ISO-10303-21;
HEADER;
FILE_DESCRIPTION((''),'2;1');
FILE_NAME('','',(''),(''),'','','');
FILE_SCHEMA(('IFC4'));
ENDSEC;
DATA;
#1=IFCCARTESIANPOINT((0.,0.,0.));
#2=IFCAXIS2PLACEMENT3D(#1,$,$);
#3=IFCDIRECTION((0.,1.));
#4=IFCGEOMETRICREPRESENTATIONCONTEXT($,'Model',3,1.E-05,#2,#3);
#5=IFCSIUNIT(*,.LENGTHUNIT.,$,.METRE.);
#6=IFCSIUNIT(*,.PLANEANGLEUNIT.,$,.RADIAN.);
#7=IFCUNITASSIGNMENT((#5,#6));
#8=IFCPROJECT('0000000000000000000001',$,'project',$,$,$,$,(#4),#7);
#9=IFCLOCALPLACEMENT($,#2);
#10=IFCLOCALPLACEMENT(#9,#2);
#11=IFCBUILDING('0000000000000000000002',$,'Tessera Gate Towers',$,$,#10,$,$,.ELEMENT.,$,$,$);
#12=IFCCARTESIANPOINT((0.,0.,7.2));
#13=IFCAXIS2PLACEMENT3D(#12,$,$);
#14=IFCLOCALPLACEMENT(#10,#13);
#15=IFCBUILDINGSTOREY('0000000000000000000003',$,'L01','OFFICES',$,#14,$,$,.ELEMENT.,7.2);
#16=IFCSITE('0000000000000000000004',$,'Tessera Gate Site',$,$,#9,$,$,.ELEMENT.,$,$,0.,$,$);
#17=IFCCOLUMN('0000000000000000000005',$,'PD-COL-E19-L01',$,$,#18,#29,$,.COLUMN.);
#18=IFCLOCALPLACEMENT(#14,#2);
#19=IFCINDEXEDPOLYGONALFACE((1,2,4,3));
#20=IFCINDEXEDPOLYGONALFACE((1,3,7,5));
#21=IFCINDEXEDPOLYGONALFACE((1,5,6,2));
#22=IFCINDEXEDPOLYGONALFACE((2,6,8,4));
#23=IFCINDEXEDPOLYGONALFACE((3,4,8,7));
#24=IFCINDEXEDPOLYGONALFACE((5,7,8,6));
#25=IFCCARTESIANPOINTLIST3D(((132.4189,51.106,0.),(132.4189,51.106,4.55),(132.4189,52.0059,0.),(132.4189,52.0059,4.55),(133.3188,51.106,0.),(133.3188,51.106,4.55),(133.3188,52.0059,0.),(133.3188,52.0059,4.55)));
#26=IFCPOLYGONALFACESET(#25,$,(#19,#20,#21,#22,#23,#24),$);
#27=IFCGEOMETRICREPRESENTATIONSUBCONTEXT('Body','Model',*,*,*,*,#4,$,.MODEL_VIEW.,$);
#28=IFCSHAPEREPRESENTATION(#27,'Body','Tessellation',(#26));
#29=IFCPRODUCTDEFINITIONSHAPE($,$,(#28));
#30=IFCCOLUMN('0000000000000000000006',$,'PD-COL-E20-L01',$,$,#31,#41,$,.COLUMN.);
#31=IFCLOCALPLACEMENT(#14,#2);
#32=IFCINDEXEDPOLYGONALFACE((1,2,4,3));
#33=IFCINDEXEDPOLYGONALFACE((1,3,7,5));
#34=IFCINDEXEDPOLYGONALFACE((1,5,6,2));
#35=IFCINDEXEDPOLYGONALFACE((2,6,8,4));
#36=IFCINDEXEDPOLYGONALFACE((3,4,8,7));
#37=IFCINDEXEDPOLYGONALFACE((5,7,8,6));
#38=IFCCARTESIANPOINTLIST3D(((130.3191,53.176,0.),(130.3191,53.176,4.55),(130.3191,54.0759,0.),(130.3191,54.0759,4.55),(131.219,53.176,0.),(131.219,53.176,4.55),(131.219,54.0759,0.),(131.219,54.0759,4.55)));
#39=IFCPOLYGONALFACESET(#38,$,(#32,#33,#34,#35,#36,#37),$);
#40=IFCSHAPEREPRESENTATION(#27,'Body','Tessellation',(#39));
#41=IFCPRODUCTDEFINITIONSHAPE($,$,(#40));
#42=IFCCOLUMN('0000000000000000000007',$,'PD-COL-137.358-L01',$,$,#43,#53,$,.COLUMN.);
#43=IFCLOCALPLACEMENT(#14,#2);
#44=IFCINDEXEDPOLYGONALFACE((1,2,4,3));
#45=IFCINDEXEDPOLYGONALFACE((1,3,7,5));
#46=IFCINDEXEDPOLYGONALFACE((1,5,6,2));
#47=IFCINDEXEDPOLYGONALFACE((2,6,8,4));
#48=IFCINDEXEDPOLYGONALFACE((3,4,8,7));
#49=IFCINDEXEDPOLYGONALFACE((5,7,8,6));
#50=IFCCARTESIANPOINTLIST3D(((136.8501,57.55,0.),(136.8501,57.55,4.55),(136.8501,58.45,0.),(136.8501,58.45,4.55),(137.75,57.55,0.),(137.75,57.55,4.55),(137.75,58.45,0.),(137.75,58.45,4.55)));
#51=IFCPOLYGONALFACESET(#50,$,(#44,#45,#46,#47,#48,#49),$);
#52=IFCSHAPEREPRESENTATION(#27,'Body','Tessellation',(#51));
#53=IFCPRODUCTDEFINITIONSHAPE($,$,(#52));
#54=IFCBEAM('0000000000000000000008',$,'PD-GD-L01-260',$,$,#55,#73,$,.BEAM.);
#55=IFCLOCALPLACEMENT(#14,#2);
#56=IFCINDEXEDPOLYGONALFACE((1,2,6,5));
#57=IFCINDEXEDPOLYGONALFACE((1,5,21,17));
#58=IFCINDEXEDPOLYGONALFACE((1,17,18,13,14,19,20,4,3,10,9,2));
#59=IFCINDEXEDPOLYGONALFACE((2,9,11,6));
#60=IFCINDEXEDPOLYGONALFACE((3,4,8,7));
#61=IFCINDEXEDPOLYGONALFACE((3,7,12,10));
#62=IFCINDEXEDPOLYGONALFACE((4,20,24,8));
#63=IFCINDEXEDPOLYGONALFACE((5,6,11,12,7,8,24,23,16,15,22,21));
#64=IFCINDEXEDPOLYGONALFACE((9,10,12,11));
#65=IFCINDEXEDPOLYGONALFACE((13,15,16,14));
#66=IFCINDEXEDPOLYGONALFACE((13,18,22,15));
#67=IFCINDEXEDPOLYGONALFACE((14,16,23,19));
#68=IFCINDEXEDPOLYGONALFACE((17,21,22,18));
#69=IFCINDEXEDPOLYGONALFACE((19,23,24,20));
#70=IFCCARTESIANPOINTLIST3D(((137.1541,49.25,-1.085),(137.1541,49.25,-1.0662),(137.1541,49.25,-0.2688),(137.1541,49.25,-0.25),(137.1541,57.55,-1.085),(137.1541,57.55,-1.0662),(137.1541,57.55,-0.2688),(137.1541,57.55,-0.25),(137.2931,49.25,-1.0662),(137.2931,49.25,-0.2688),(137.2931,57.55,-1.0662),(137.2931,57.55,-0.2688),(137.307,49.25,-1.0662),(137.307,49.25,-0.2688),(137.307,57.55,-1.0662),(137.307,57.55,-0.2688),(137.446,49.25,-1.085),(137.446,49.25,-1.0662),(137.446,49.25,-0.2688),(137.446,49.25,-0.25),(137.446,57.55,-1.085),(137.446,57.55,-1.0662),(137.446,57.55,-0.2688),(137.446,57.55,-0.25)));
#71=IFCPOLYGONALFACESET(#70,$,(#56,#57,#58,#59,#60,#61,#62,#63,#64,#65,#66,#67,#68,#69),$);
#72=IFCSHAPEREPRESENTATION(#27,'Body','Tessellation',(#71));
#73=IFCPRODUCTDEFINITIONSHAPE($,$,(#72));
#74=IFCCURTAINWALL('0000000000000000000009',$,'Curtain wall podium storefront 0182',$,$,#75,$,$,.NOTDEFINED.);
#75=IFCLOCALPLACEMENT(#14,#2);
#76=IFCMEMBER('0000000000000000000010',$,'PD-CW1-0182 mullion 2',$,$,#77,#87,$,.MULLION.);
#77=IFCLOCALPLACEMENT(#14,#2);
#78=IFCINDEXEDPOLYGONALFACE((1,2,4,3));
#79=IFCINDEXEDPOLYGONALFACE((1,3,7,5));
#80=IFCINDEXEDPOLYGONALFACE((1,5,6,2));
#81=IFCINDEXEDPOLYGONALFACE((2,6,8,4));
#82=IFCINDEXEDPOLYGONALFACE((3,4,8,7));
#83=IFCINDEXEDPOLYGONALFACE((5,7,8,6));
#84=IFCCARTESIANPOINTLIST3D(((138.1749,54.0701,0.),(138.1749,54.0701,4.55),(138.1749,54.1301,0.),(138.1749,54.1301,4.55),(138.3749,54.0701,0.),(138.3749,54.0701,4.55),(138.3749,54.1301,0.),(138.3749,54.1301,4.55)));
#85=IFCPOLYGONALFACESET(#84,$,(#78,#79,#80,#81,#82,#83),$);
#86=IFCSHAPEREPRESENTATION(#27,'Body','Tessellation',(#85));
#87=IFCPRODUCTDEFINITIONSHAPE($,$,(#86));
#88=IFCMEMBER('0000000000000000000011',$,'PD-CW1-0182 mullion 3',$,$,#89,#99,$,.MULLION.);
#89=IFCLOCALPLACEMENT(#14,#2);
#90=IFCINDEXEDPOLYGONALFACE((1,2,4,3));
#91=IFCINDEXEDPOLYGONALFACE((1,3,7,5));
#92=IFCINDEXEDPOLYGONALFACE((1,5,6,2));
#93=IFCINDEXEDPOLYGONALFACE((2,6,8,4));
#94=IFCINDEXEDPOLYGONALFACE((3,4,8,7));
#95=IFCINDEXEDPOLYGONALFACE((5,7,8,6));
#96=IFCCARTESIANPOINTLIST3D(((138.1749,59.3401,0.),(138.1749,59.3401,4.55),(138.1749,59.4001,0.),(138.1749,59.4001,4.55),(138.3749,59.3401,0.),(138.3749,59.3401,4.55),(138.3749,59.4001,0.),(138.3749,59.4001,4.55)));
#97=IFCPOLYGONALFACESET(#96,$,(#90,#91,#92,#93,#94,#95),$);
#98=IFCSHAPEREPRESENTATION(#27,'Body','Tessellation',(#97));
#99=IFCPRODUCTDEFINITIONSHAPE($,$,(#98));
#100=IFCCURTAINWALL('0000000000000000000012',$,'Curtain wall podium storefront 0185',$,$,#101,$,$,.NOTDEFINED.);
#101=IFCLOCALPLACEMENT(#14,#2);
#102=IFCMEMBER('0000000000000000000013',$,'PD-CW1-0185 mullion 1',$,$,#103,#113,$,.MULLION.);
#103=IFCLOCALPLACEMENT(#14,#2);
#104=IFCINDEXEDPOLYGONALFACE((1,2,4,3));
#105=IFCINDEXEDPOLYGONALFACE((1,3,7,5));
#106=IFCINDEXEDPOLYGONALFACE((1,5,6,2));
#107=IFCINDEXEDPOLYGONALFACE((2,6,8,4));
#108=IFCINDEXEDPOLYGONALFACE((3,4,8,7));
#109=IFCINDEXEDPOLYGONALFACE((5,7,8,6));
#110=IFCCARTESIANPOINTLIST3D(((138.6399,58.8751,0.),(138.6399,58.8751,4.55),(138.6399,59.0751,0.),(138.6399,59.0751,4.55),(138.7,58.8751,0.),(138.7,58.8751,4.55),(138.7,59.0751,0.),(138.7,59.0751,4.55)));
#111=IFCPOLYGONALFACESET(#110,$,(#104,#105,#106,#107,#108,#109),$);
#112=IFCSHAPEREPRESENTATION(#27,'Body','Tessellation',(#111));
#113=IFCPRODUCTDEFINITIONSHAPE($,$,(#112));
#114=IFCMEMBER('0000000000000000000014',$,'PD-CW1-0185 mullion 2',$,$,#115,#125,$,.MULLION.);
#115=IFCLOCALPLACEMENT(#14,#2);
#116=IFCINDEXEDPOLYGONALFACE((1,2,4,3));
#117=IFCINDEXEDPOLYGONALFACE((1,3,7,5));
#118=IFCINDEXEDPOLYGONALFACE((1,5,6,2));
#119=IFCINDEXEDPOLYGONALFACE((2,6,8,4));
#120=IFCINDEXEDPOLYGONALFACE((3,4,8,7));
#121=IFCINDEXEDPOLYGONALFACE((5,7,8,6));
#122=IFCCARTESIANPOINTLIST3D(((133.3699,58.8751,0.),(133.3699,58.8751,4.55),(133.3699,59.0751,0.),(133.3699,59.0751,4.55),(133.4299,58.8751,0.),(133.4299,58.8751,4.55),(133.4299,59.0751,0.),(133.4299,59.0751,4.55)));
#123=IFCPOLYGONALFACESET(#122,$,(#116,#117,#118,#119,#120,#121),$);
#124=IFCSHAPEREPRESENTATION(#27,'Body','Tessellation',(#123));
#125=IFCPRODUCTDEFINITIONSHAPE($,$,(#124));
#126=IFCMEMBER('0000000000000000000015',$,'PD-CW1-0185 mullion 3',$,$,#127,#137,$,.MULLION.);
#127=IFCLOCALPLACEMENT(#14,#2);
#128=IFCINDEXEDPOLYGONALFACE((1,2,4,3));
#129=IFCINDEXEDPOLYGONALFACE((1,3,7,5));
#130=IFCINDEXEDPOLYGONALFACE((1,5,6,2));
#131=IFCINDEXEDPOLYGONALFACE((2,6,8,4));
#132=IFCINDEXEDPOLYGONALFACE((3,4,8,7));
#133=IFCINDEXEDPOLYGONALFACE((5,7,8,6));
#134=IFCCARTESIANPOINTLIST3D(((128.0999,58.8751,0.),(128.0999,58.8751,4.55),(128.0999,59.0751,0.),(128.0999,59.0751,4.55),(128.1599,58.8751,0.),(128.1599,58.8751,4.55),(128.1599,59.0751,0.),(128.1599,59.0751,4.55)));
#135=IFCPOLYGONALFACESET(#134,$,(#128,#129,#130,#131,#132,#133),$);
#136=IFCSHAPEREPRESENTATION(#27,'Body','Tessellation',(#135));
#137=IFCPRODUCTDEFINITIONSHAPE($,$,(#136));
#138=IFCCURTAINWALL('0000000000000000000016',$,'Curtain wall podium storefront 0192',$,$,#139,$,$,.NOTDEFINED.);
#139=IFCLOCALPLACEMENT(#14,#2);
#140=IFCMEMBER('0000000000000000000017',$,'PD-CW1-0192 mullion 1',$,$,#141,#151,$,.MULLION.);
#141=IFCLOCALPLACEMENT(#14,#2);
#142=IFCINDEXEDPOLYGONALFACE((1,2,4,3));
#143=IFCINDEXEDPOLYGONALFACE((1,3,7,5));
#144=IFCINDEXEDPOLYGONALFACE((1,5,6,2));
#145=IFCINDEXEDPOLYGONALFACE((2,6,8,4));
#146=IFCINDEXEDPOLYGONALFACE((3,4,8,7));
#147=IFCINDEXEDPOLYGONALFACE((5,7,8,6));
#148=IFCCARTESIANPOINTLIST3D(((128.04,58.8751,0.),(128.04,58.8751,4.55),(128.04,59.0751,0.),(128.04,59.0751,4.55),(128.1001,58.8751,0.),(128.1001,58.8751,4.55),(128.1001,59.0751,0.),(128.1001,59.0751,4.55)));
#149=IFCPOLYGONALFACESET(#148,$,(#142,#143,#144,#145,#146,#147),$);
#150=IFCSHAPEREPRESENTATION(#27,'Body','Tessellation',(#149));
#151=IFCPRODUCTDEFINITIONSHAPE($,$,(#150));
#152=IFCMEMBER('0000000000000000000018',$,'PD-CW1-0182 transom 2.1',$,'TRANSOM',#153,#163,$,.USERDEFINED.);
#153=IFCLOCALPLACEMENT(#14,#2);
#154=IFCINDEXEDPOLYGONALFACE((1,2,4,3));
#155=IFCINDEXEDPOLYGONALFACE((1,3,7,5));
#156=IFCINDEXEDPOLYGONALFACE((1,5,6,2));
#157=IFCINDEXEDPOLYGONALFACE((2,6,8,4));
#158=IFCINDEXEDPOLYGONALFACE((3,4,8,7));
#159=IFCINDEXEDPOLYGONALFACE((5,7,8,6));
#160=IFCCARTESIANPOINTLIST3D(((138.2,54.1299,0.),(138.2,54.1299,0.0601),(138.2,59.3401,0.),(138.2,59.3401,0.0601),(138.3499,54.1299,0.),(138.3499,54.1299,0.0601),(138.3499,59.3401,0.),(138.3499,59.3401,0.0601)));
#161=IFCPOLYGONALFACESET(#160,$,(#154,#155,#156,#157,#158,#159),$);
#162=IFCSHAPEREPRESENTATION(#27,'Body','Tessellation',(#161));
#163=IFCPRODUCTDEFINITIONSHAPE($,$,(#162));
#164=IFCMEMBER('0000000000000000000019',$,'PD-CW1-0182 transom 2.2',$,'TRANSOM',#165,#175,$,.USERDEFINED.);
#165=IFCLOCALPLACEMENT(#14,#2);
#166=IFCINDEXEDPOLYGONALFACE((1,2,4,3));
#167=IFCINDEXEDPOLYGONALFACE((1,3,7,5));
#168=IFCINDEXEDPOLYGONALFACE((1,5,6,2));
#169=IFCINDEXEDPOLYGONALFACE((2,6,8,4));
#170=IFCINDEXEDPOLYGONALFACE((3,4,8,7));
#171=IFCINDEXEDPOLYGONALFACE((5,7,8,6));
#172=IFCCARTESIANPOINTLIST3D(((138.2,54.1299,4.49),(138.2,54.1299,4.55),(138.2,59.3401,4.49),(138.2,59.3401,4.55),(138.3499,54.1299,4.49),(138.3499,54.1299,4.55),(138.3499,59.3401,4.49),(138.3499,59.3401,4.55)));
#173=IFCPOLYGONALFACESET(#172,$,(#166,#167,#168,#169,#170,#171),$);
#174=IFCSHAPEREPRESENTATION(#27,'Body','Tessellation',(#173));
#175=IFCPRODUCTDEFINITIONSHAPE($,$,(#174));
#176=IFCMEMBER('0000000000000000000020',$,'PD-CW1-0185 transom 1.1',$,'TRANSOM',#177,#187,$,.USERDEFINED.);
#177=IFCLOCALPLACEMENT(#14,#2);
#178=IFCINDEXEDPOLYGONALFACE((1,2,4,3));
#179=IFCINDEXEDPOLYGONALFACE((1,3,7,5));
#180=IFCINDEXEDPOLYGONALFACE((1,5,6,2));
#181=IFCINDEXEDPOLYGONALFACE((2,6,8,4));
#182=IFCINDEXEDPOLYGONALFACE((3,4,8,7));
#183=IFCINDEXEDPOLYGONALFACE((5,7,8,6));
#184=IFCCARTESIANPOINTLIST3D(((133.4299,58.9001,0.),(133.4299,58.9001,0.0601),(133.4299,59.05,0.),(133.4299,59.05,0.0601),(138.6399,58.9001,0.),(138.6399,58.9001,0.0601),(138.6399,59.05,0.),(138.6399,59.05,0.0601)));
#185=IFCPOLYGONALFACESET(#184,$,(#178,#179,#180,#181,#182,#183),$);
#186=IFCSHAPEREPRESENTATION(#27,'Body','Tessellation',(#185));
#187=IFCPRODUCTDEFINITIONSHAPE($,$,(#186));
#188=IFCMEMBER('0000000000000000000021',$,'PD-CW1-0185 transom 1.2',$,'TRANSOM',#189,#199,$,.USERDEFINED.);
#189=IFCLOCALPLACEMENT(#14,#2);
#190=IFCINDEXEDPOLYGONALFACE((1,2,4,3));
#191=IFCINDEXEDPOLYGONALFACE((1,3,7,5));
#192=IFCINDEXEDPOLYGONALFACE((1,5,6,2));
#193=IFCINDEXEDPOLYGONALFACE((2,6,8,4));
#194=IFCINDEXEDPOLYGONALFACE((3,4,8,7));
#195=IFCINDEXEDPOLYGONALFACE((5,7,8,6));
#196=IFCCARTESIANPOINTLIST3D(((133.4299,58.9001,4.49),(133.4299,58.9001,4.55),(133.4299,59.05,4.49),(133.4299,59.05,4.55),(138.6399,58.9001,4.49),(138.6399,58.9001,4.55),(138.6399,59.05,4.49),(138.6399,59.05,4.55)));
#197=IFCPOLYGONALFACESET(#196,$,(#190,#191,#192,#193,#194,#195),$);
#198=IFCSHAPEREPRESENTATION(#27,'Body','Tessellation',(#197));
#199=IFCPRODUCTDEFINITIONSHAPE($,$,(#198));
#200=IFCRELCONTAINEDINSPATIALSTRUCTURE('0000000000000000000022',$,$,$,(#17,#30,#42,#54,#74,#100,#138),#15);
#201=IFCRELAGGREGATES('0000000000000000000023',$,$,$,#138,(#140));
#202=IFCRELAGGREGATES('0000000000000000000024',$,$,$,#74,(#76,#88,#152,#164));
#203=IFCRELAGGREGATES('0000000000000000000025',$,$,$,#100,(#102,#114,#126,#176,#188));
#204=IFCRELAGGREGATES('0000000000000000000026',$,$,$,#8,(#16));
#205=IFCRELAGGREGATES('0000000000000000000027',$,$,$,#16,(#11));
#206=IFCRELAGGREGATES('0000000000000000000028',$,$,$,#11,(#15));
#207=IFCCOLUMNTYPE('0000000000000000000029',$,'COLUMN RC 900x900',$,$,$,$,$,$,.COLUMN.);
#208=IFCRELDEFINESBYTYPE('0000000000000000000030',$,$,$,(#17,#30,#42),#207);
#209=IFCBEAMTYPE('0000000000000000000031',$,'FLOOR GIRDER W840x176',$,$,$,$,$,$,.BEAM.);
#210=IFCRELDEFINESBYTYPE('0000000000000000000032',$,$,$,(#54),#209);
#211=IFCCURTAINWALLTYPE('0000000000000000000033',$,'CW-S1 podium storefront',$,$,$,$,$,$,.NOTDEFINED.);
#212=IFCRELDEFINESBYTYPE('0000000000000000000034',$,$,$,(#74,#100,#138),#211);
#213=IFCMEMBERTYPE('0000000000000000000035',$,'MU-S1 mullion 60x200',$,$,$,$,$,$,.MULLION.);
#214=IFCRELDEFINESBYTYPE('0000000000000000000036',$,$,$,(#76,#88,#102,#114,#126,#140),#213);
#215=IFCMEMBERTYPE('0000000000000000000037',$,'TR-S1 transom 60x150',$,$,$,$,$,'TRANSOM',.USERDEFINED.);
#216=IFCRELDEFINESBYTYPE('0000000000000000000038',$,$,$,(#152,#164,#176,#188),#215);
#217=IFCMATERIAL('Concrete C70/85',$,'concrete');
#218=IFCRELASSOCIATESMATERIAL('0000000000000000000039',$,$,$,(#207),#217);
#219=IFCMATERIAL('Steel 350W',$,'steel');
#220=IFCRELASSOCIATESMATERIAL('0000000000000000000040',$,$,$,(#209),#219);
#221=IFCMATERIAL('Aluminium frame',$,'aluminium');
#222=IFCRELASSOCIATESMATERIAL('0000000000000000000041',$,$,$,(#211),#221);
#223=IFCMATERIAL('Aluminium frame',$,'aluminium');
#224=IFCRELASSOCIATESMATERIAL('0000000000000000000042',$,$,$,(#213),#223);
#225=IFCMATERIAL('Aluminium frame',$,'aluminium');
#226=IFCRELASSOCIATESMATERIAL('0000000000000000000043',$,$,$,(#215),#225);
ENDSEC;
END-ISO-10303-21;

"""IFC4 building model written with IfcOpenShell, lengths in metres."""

from ifc_helpers import new_model, si_unit, direction, frame, origin, origin_2d, place, context, subcontext, project, spatial, rectangle, i_section, extrude, material, material_profile, profile_set, type_object, element, aggregate, save


model = new_model("IFC4")

# Units and contexts
model_context = context("Model", 3, precision=1e-05, world=origin(), true_north=direction((0.0, 1.0)))
body_context = subcontext(model_context, "Body", "Model", "MODEL_VIEW")
ifc_project = project(units=[si_unit("LENGTHUNIT", "METRE"), si_unit("PLANEANGLEUNIT", "RADIAN")], contexts=[model_context])

# Site, building, storey
site_placement = place(None, origin())
site = spatial("IfcSite", under=ifc_project, at=site_placement, Name="Tessera Gate Site", CompositionType="ELEMENT", RefElevation=0.0)
building_placement = place(site_placement, origin())
building = spatial("IfcBuilding", under=site, at=building_placement, Name="Tessera Gate Towers", CompositionType="ELEMENT")
storey_placement = place(building_placement, frame((0.0, 0.0, 7.2)))
storey = spatial("IfcBuildingStorey", under=building, at=storey_placement, Name="L01", Description="OFFICES", CompositionType="ELEMENT", Elevation=7.2)

# Columns
ifc_material_1 = material(Name="Concrete C70/85", Category="concrete")
ifc_material_profile_1 = material_profile(ifc_material_1, rectangle(XDim=0.8999, YDim=0.8999, at=origin_2d()), Name="RC 900x900")
ifc_profile_set_1 = profile_set([ifc_material_profile_1], Name="Concrete C70/85")
column_type = type_object("IfcColumnType", Name="COLUMN RC 900x900", PredefinedType="COLUMN", material=ifc_profile_set_1)
for number, where, z_axis, x_axis, name in (
    (1, (132.8689, 51.5559, 0.0), (0.0, 0.0, 1.0), (1.0, 0.0, 0.0), "PD-COL-E19-L01"),
    (2, (130.769, 53.626, 0.0), (0.0, 0.0, 1.0), (1.0, 0.0, 0.0), "PD-COL-E20-L01"),
    (3, (137.3, 58.0, 0.0), (0.0, 0.0, 1.0), (1.0, 0.0, 0.0), "PD-COL-137.358-L01"),
):
    element("IfcColumn", number, at=place(storey_placement, frame(where, z_axis=z_axis, x_axis=x_axis)), inside=storey, type_object=column_type, Name=name, PredefinedType="COLUMN", context=body_context, shape_type="SweptSolid", body=[
        extrude(rectangle(XDim=0.8999, YDim=0.8999, at=origin_2d()), origin(), (0.0, 0.0, 1.0), 4.55),
    ])

# Beam
ifc_material_2 = material(Name="Steel 350W", Category="steel")
ifc_material_profile_2 = material_profile(ifc_material_2, i_section(OverallWidth=0.292, OverallDepth=0.835, WebThickness=0.0139, FlangeThickness=0.0188, at=origin_2d()), Name="W840x176")
ifc_profile_set_2 = profile_set([ifc_material_profile_2], Name="Steel 350W")
beam_type = type_object("IfcBeamType", Name="FLOOR GIRDER W840x176", PredefinedType="BEAM", material=ifc_profile_set_2)
beam_placement = place(storey_placement, frame((137.3, 49.25, -0.6675), z_axis=(0.0, 1.0, 0.0), x_axis=(-1.0, 0.0, 0.0)))
element("IfcBeam", 4, at=beam_placement, inside=storey, type_object=beam_type, Name="PD-GD-L01-260", PredefinedType="BEAM", context=body_context, shape_type="SweptSolid", body=[
    extrude(i_section(OverallWidth=0.292, OverallDepth=0.835, WebThickness=0.0139, FlangeThickness=0.0188, at=origin_2d()), origin(), (0.0, 0.0, 1.0), 8.3),
])

# Curtain walls, members
ifc_material_3 = material(Name="Aluminium frame", Category="aluminium")
curtain_wall_type = type_object("IfcCurtainWallType", Name="CW-S1 podium storefront", PredefinedType="NOTDEFINED", material=ifc_material_3)
curtain_wall_1_placement = place(storey_placement, origin())
curtain_wall_1 = element("IfcCurtainWall", 5, at=curtain_wall_1_placement, inside=storey, type_object=curtain_wall_type, Name="Curtain wall podium storefront 0182", PredefinedType="NOTDEFINED")
ifc_material_4 = material(Name="Aluminium frame", Category="aluminium")
ifc_material_profile_3 = material_profile(ifc_material_4, rectangle(XDim=0.0601, YDim=0.2, at=origin_2d()), Name="AL 60x200")
ifc_profile_set_3 = profile_set([ifc_material_profile_3], Name="Aluminium frame")
member_type_1 = type_object("IfcMemberType", Name="MU-S1 mullion 60x200", PredefinedType="MULLION", material=ifc_profile_set_3)
member_1_placement = place(storey_placement, frame((138.2749, 54.1001, 0.0), z_axis=(0.0, 0.0, 1.0), x_axis=(0.0, 1.0, 0.0)))
member_1 = element("IfcMember", 6, at=member_1_placement, type_object=member_type_1, Name="PD-CW1-0182 mullion 2", PredefinedType="MULLION", context=body_context, shape_type="SweptSolid", body=[
    extrude(rectangle(XDim=0.0601, YDim=0.2, at=origin_2d()), origin(), (0.0, 0.0, 1.0), 4.55),
])
member_2_placement = place(storey_placement, frame((138.2749, 59.3701, 0.0), z_axis=(0.0, 0.0, 1.0), x_axis=(0.0, 1.0, 0.0)))
member_2 = element("IfcMember", 7, at=member_2_placement, type_object=member_type_1, Name="PD-CW1-0182 mullion 3", PredefinedType="MULLION", context=body_context, shape_type="SweptSolid", body=[
    extrude(rectangle(XDim=0.0601, YDim=0.2, at=origin_2d()), origin(), (0.0, 0.0, 1.0), 4.55),
])
curtain_wall_2_placement = place(storey_placement, origin())
curtain_wall_2 = element("IfcCurtainWall", 8, at=curtain_wall_2_placement, inside=storey, type_object=curtain_wall_type, Name="Curtain wall podium storefront 0185", PredefinedType="NOTDEFINED")
member_3_placement = place(storey_placement, frame((138.6699, 58.9751, 0.0), z_axis=(0.0, 0.0, 1.0), x_axis=(-1.0, 0.0, 0.0)))
member_3 = element("IfcMember", 9, at=member_3_placement, type_object=member_type_1, Name="PD-CW1-0185 mullion 1", PredefinedType="MULLION", context=body_context, shape_type="SweptSolid", body=[
    extrude(rectangle(XDim=0.0601, YDim=0.2, at=origin_2d()), origin(), (0.0, 0.0, 1.0), 4.55),
])
member_4_placement = place(storey_placement, frame((133.3999, 58.9751, 0.0), z_axis=(0.0, 0.0, 1.0), x_axis=(-1.0, 0.0, 0.0)))
member_4 = element("IfcMember", 10, at=member_4_placement, type_object=member_type_1, Name="PD-CW1-0185 mullion 2", PredefinedType="MULLION", context=body_context, shape_type="SweptSolid", body=[
    extrude(rectangle(XDim=0.0601, YDim=0.2, at=origin_2d()), origin(), (0.0, 0.0, 1.0), 4.55),
])
member_5_placement = place(storey_placement, frame((128.1299, 58.9751, 0.0), z_axis=(0.0, 0.0, 1.0), x_axis=(-1.0, 0.0, 0.0)))
member_5 = element("IfcMember", 11, at=member_5_placement, type_object=member_type_1, Name="PD-CW1-0185 mullion 3", PredefinedType="MULLION", context=body_context, shape_type="SweptSolid", body=[
    extrude(rectangle(XDim=0.0601, YDim=0.2, at=origin_2d()), origin(), (0.0, 0.0, 1.0), 4.55),
])

# Curtain wall, member
curtain_wall_3_placement = place(storey_placement, origin())
curtain_wall_3 = element("IfcCurtainWall", 12, at=curtain_wall_3_placement, inside=storey, type_object=curtain_wall_type, Name="Curtain wall podium storefront 0192", PredefinedType="NOTDEFINED")
member_6_placement = place(storey_placement, frame((128.0701, 58.9751, 0.0), z_axis=(0.0, 0.0, 1.0), x_axis=(-1.0, 0.0, 0.0)))
member_6 = element("IfcMember", 13, at=member_6_placement, type_object=member_type_1, Name="PD-CW1-0192 mullion 1", PredefinedType="MULLION", context=body_context, shape_type="SweptSolid", body=[
    extrude(rectangle(XDim=0.0601, YDim=0.2, at=origin_2d()), origin(), (0.0, 0.0, 1.0), 4.55),
])

# Members
ifc_material_5 = material(Name="Aluminium frame", Category="aluminium")
ifc_material_profile_4 = material_profile(ifc_material_5, rectangle(XDim=0.1499, YDim=0.0601, at=origin_2d()), Name="AL 60x150")
ifc_profile_set_4 = profile_set([ifc_material_profile_4], Name="Aluminium frame")
member_type_2 = type_object("IfcMemberType", Name="TR-S1 transom 60x150", ElementType="TRANSOM", PredefinedType="USERDEFINED", material=ifc_profile_set_4)
member_7_placement = place(storey_placement, frame((138.2749, 54.1299, 0.03), z_axis=(0.0, 1.0, 0.0), x_axis=(-1.0, 0.0, 0.0)))
member_7 = element("IfcMember", 14, at=member_7_placement, type_object=member_type_2, Name="PD-CW1-0182 transom 2.1", ObjectType="TRANSOM", PredefinedType="USERDEFINED", context=body_context, shape_type="SweptSolid", body=[
    extrude(rectangle(XDim=0.1499, YDim=0.0601, at=origin_2d()), origin(), (0.0, 0.0, 1.0), 5.2102),
])
member_8_placement = place(storey_placement, frame((138.2749, 54.1299, 4.52), z_axis=(0.0, 1.0, 0.0), x_axis=(-1.0, 0.0, 0.0)))
member_8 = element("IfcMember", 15, at=member_8_placement, type_object=member_type_2, Name="PD-CW1-0182 transom 2.2", ObjectType="TRANSOM", PredefinedType="USERDEFINED", context=body_context, shape_type="SweptSolid", body=[
    extrude(rectangle(XDim=0.1499, YDim=0.0601, at=origin_2d()), origin(), (0.0, 0.0, 1.0), 5.2102),
])
member_9_placement = place(storey_placement, frame((138.6399, 58.9751, 0.03), z_axis=(-1.0, 0.0, 0.0), x_axis=(0.0, -1.0, 0.0)))
member_9 = element("IfcMember", 16, at=member_9_placement, type_object=member_type_2, Name="PD-CW1-0185 transom 1.1", ObjectType="TRANSOM", PredefinedType="USERDEFINED", context=body_context, shape_type="SweptSolid", body=[
    extrude(rectangle(XDim=0.1499, YDim=0.0601, at=origin_2d()), origin(), (0.0, 0.0, 1.0), 5.21),
])
member_10_placement = place(storey_placement, frame((138.6399, 58.9751, 4.52), z_axis=(-1.0, 0.0, 0.0), x_axis=(0.0, -1.0, 0.0)))
member_10 = element("IfcMember", 17, at=member_10_placement, type_object=member_type_2, Name="PD-CW1-0185 transom 1.2", ObjectType="TRANSOM", PredefinedType="USERDEFINED", context=body_context, shape_type="SweptSolid", body=[
    extrude(rectangle(XDim=0.1499, YDim=0.0601, at=origin_2d()), origin(), (0.0, 0.0, 1.0), 5.21),
])
aggregate(curtain_wall_3, [member_6])

aggregate(curtain_wall_1, [member_1, member_2, member_7, member_8])
aggregate(curtain_wall_2, [member_3, member_4, member_5, member_9, member_10])

save(model, "model.ifc")
